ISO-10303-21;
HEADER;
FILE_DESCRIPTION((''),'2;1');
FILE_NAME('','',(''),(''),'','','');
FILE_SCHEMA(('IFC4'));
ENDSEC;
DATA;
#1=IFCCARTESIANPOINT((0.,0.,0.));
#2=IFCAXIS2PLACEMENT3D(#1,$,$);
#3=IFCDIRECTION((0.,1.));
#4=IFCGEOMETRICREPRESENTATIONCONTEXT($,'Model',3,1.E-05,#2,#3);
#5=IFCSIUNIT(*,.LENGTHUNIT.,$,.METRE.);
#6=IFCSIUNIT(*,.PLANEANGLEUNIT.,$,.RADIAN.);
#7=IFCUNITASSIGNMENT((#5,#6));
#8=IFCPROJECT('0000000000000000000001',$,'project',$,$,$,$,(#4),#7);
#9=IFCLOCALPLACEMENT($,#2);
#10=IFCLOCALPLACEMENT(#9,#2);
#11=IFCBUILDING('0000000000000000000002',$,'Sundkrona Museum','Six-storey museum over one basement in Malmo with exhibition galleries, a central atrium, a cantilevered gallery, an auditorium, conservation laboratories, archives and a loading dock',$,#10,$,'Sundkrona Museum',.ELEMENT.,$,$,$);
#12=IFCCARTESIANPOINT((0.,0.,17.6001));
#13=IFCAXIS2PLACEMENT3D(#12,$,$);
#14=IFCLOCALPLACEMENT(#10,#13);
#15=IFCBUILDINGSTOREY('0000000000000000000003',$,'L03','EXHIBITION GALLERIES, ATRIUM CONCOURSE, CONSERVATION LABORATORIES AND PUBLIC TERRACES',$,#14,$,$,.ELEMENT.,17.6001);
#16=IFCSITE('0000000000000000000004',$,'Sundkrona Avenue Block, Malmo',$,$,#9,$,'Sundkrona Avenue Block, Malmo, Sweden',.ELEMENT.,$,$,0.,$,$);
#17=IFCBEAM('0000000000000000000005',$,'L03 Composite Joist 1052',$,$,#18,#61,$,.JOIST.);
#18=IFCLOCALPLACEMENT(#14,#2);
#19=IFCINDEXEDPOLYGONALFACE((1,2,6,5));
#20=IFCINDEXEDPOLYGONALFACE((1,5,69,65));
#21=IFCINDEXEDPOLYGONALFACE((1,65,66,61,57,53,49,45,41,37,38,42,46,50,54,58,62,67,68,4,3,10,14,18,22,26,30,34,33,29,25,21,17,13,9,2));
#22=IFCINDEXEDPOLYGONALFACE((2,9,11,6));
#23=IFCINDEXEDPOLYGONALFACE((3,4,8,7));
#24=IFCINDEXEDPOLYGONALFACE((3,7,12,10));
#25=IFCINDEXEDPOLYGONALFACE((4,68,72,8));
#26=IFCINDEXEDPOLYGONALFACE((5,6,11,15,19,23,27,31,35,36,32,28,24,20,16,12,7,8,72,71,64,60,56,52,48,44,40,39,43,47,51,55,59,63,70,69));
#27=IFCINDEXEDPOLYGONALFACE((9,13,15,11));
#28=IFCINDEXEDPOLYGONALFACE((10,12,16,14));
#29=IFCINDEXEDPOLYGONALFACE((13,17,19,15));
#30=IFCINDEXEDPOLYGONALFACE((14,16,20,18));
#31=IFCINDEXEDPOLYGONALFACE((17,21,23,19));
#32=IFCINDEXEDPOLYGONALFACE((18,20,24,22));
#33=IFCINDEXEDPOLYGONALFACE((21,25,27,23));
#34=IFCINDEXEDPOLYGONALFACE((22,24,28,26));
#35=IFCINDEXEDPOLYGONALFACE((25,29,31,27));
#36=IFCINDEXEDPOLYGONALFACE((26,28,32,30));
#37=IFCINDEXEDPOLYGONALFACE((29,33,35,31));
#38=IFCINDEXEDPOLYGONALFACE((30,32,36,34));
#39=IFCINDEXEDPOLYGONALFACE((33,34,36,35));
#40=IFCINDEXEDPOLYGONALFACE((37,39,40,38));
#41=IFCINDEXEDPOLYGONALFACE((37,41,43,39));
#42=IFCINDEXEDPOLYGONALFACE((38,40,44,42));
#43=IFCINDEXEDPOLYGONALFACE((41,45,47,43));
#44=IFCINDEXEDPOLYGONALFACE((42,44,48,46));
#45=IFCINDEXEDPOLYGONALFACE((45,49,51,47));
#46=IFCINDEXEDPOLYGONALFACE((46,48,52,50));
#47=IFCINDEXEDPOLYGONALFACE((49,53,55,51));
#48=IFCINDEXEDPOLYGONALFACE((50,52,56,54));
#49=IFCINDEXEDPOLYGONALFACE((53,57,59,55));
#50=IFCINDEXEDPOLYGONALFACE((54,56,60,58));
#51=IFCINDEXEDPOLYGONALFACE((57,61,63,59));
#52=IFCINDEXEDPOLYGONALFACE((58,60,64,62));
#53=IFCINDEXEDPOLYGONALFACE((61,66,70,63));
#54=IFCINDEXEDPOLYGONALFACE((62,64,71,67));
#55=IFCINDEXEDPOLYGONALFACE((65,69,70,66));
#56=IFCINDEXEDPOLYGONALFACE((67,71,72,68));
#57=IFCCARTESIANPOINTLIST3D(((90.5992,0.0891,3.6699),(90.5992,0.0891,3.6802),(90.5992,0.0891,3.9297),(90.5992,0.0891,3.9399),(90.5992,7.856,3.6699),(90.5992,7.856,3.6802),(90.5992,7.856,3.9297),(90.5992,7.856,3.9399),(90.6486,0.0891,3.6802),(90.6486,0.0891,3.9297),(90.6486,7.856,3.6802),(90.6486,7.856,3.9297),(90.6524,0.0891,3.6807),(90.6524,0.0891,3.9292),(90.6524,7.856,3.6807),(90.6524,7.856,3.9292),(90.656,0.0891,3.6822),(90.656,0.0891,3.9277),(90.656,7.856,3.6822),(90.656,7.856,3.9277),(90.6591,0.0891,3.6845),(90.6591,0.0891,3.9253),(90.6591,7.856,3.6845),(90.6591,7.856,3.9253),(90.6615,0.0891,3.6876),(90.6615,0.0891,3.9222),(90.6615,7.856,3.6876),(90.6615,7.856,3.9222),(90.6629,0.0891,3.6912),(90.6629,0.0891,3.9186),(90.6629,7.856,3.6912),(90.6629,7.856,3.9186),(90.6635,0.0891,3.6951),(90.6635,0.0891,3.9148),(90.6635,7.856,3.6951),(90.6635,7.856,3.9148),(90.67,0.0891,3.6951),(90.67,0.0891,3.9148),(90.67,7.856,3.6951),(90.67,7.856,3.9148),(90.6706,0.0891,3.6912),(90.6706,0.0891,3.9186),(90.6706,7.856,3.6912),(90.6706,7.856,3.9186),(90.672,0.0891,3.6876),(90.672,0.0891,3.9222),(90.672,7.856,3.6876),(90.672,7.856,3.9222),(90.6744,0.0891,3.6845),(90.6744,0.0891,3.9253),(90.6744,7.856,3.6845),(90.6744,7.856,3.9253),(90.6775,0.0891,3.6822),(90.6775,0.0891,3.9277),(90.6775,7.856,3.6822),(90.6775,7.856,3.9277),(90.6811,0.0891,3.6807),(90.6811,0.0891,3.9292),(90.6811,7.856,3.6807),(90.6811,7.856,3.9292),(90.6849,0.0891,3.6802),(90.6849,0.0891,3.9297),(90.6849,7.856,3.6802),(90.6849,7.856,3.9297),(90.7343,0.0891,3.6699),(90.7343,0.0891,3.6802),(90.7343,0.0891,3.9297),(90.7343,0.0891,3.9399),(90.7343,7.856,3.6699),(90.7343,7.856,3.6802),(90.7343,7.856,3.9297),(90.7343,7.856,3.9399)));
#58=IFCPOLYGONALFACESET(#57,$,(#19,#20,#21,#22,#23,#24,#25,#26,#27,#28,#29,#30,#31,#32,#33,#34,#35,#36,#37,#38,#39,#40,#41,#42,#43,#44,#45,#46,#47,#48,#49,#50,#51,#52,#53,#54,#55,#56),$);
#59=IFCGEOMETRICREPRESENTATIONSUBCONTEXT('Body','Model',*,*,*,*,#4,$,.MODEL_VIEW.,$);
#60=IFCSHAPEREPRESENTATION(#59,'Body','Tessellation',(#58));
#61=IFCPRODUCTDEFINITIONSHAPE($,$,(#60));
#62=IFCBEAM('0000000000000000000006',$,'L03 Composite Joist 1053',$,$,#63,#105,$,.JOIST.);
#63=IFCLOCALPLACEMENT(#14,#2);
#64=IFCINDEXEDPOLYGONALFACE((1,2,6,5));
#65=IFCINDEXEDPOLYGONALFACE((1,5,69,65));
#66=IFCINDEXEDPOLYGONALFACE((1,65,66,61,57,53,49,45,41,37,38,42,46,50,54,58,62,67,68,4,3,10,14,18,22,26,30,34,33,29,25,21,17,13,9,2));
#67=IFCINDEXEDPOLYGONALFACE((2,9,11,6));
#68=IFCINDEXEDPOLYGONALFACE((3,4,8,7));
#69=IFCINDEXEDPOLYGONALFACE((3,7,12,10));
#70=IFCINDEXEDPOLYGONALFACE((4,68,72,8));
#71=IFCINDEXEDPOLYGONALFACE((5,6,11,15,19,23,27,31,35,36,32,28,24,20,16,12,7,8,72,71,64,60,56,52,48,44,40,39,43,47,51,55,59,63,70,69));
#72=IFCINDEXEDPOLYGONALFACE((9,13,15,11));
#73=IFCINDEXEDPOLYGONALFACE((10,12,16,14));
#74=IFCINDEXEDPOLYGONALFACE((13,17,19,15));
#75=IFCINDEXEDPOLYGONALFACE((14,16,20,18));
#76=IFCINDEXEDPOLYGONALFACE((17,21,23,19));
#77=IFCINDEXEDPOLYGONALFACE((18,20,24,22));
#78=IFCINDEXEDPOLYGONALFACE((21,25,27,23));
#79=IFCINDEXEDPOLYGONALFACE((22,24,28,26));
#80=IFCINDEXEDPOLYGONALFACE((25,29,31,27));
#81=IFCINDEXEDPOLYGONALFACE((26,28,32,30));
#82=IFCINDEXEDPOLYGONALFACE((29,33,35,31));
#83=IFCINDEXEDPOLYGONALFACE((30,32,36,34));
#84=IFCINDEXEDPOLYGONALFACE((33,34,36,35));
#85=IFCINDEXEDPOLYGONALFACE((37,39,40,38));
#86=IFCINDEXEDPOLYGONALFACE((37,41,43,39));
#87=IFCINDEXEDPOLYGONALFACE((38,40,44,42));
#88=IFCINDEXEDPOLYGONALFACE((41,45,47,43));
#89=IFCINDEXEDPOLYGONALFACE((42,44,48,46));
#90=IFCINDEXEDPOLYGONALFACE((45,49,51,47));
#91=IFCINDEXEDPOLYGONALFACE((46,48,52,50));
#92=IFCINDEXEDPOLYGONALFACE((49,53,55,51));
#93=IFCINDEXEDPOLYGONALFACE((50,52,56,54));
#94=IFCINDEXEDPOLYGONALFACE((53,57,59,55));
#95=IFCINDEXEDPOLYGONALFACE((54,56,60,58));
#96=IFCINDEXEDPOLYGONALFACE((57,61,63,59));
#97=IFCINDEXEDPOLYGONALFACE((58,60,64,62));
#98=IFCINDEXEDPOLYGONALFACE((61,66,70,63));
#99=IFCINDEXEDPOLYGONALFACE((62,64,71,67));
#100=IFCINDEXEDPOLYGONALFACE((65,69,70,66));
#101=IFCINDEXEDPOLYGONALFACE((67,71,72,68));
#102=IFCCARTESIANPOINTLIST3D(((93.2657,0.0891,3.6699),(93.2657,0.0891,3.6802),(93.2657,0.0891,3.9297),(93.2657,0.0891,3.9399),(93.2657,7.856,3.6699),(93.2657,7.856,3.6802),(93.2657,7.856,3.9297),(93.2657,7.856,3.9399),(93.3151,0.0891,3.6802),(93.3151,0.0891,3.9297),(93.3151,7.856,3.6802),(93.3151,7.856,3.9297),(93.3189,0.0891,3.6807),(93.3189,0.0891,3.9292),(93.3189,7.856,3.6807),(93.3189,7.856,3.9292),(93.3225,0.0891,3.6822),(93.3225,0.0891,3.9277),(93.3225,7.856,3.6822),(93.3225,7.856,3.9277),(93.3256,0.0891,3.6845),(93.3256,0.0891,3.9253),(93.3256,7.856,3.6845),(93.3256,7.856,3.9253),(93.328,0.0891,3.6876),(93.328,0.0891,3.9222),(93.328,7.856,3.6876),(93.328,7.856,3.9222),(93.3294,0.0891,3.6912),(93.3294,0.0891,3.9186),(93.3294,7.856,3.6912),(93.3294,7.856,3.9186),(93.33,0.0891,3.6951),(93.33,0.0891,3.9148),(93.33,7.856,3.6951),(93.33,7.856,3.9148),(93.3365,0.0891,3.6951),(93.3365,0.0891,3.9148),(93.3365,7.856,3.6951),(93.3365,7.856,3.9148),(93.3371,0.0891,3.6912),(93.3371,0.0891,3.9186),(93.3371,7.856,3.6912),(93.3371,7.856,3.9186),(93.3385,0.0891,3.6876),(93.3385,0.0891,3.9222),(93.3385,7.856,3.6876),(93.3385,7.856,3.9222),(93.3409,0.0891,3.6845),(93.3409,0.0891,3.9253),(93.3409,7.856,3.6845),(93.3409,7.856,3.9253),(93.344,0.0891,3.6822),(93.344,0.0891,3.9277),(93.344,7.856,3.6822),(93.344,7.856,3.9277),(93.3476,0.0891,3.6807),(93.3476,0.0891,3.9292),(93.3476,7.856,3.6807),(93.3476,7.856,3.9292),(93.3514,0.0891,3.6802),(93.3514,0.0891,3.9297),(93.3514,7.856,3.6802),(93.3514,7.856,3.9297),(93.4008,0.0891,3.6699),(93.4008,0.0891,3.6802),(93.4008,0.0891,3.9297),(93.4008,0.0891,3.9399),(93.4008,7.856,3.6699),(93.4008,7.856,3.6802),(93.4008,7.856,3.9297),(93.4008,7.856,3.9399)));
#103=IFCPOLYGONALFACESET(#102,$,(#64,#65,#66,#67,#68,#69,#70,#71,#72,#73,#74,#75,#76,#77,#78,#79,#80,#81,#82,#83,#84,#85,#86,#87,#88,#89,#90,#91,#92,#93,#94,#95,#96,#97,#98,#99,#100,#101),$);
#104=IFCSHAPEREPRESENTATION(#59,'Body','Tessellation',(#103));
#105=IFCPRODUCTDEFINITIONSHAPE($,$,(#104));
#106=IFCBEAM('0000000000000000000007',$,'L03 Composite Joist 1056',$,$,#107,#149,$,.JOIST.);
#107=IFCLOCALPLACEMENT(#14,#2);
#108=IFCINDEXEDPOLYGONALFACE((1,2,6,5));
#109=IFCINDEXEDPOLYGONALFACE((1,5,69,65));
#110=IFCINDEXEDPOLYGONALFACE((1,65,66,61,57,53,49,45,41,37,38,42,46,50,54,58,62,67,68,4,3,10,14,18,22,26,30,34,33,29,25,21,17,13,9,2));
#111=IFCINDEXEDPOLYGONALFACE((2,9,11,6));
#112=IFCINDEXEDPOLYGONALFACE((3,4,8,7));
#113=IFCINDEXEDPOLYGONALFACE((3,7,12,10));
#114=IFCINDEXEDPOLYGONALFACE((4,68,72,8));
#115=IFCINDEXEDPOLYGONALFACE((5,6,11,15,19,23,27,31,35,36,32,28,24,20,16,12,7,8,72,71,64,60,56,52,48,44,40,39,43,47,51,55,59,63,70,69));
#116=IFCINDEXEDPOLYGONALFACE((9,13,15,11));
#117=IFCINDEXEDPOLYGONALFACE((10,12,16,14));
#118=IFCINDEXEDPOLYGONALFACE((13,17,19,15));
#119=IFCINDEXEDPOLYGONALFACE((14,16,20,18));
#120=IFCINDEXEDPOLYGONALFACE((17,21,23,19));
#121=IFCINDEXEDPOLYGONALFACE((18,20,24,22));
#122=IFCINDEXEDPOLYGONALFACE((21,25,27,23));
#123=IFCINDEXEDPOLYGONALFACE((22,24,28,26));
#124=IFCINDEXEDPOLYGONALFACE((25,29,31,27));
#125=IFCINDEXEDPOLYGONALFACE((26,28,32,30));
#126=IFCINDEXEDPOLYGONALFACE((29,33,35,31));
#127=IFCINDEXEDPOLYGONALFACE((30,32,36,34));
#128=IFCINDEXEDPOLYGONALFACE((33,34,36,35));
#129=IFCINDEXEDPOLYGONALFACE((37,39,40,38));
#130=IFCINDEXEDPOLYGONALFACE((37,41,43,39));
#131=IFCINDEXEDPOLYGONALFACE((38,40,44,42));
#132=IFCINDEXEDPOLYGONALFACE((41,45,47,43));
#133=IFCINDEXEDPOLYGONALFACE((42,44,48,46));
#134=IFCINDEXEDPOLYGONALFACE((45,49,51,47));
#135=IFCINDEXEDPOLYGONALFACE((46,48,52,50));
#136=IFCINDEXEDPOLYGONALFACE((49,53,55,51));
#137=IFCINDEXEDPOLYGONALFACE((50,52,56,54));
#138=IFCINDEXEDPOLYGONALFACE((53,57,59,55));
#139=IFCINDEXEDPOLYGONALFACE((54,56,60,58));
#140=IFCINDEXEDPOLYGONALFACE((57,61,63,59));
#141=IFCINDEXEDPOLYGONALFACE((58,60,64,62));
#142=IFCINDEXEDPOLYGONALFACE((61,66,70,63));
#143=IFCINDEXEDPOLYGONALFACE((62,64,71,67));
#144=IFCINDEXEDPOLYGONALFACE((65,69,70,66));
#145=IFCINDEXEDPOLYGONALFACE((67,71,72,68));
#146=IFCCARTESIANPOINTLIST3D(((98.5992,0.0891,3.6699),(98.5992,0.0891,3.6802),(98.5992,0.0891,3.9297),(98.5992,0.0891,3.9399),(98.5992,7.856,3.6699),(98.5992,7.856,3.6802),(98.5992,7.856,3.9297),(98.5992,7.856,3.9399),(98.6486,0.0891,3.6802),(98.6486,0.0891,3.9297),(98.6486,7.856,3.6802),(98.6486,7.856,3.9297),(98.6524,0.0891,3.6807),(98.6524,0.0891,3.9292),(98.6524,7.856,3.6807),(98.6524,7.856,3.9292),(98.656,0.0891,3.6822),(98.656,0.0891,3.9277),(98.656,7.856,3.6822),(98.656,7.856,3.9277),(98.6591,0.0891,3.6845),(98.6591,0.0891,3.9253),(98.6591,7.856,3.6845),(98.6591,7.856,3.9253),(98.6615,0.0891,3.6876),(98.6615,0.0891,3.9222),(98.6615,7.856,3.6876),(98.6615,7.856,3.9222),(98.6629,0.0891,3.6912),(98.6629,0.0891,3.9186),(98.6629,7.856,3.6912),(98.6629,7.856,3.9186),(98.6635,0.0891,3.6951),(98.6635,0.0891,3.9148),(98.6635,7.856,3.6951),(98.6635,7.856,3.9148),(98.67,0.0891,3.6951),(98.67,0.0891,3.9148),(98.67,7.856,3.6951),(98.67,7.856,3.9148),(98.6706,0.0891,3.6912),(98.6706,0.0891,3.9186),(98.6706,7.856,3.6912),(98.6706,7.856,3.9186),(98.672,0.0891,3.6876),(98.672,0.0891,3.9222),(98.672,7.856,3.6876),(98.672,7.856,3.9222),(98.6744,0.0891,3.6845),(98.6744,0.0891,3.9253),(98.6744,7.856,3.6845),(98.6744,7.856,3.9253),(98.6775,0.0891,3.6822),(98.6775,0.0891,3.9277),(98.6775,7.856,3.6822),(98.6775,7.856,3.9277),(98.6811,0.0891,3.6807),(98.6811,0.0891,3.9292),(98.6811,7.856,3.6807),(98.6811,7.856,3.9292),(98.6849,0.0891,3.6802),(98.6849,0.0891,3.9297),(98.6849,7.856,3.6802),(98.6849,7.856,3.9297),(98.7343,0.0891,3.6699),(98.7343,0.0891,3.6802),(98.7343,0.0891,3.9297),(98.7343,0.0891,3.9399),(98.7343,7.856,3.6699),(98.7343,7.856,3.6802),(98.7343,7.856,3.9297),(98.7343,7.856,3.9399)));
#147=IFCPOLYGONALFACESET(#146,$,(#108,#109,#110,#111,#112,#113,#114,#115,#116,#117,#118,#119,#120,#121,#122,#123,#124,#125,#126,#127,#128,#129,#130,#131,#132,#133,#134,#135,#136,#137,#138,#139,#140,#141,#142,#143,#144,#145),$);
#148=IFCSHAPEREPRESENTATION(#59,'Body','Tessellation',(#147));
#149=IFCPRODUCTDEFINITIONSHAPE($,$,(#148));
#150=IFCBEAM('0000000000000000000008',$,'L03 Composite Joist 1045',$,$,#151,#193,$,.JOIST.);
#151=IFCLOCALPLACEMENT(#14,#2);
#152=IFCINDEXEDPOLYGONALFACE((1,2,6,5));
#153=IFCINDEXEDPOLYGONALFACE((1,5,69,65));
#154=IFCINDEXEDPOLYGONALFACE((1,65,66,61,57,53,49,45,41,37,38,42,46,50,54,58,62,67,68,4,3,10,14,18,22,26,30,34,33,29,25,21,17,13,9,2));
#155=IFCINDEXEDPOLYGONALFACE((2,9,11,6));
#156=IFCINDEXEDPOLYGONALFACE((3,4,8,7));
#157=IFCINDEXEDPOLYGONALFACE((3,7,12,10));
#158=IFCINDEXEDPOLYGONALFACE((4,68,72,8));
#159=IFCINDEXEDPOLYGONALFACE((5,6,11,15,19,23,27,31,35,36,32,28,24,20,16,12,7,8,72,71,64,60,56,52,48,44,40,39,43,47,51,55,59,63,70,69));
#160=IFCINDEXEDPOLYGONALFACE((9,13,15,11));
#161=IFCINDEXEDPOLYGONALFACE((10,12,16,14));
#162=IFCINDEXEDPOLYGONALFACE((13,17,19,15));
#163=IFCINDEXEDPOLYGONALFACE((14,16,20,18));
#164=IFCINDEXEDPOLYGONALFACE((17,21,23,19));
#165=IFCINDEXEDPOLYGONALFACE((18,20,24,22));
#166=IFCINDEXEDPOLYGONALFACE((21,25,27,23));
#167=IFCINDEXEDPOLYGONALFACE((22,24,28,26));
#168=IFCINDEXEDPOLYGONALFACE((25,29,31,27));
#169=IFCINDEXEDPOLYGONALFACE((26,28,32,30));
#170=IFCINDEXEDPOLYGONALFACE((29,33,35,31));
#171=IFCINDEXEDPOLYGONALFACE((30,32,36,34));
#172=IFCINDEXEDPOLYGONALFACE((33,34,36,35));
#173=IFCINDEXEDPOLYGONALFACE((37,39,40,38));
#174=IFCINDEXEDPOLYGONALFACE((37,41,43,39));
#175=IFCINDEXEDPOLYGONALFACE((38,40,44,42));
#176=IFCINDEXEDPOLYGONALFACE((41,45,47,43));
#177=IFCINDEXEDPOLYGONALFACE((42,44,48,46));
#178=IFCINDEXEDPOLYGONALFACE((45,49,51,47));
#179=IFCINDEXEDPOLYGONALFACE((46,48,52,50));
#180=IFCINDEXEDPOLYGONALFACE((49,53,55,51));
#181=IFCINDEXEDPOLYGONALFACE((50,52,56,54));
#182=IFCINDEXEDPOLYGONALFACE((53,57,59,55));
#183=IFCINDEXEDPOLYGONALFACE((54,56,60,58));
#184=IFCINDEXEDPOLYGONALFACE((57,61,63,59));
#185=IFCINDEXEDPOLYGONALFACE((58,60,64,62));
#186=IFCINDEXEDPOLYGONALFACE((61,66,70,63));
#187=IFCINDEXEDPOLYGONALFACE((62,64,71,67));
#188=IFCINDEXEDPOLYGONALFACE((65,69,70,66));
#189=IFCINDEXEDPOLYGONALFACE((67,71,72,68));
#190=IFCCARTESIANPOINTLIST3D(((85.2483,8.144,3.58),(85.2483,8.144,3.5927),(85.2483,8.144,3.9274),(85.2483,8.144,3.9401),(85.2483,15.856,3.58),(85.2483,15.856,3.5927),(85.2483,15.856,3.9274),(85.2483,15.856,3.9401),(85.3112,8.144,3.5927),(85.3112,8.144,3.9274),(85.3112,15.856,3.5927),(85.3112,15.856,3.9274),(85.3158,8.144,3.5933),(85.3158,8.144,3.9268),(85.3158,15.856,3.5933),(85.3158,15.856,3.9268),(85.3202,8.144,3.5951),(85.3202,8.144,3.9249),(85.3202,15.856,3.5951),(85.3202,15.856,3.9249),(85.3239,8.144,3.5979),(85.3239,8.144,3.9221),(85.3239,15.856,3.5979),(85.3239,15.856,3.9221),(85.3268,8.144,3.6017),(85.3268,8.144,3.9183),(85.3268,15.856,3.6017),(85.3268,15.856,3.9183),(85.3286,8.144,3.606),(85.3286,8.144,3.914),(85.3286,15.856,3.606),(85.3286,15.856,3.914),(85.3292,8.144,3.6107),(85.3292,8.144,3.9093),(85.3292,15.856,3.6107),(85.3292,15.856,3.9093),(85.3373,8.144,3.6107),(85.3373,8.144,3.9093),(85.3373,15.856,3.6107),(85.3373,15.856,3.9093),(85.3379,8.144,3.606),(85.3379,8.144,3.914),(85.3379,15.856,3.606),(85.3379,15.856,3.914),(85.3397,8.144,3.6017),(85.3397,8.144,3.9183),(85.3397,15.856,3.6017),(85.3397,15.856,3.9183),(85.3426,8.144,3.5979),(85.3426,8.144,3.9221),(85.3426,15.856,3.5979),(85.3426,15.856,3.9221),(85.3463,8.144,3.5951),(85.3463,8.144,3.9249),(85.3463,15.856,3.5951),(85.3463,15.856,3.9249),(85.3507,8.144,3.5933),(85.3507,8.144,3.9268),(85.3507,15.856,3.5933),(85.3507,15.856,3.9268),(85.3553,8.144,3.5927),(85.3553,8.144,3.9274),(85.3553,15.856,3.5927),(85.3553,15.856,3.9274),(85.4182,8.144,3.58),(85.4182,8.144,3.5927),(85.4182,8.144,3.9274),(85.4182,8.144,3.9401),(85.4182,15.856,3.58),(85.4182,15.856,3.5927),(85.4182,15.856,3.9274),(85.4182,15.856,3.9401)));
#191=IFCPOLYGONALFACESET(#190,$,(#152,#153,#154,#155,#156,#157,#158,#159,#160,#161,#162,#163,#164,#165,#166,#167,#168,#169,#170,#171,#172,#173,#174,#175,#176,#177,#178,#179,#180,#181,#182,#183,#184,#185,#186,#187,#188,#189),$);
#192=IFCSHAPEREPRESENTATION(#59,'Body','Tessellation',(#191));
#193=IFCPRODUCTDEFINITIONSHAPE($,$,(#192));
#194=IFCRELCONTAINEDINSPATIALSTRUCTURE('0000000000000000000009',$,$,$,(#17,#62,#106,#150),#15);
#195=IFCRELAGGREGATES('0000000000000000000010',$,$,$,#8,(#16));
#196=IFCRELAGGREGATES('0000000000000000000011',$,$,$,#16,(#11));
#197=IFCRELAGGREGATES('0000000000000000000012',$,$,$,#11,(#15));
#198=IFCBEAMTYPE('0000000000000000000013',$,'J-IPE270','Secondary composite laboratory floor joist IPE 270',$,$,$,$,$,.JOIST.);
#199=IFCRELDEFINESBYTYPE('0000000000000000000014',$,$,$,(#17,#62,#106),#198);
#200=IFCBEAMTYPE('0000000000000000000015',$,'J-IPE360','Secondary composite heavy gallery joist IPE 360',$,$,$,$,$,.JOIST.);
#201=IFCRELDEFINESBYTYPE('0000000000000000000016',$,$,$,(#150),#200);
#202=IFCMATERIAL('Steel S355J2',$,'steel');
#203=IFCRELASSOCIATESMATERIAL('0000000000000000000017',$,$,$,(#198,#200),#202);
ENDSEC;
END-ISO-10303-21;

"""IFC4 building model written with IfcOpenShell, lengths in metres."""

from ifc_helpers import new_model, si_unit, direction, frame, origin, origin_2d, place, context, subcontext, project, spatial, i_section, extrude, material, material_profile, profile_set, type_object, element, save


model = new_model("IFC4")

# Units and contexts
model_context = context("Model", 3, precision=1e-05, world=origin(), true_north=direction((0.0, 1.0)))
body_context = subcontext(model_context, "Body", "Model", "MODEL_VIEW")
ifc_project = project(units=[si_unit("LENGTHUNIT", "METRE"), si_unit("PLANEANGLEUNIT", "RADIAN")], contexts=[model_context])

# Site, building, storey
site_placement = place(None, origin())
site = spatial("IfcSite", under=ifc_project, at=site_placement, Name="Sundkrona Avenue Block, Malmo", LongName="Sundkrona Avenue Block, Malmo, Sweden", CompositionType="ELEMENT", RefElevation=0.0)
building_placement = place(site_placement, origin())
building = spatial("IfcBuilding", under=site, at=building_placement, Name="Sundkrona Museum", Description="Six-storey museum over one basement in Malmo with exhibition galleries, a central atrium, a cantilevered gallery, an auditorium, conservation laboratories, archives and a loading dock", LongName="Sundkrona Museum", CompositionType="ELEMENT")
storey_placement = place(building_placement, frame((0.0, 0.0, 17.6001)))
storey = spatial("IfcBuildingStorey", under=building, at=storey_placement, Name="L03", Description="EXHIBITION GALLERIES, ATRIUM CONCOURSE, CONSERVATION LABORATORIES AND PUBLIC TERRACES", CompositionType="ELEMENT", Elevation=17.6001)

# Shared definitions
ifc_material_1 = material(Name="Steel S355J2", Category="steel")

# Beams
ifc_material_profile_1 = material_profile(ifc_material_1, i_section(OverallWidth=0.135, OverallDepth=0.27, WebThickness=0.0066, FlangeThickness=0.0103, FilletRadius=0.0149, at=origin_2d()), Name="IPE 270")
ifc_profile_set_1 = profile_set([ifc_material_profile_1], Name="Steel S355J2")
beam_type_1 = type_object("IfcBeamType", Name="J-IPE270", Description="Secondary composite laboratory floor joist IPE 270", PredefinedType="JOIST", material=ifc_profile_set_1)
for number, where, z_axis, x_axis, name in (
    (1, (90.6667, 0.0891, 3.8049), (0.0, 1.0, 0.0), (-1.0, 0.0, 0.0), "L03 Composite Joist 1052"),
    (2, (93.3333, 0.0891, 3.8049), (0.0, 1.0, 0.0), (-1.0, 0.0, 0.0), "L03 Composite Joist 1053"),
    (3, (98.6667, 0.0891, 3.8049), (0.0, 1.0, 0.0), (-1.0, 0.0, 0.0), "L03 Composite Joist 1056"),
):
    element("IfcBeam", number, at=place(storey_placement, frame(where, z_axis=z_axis, x_axis=x_axis)), inside=storey, type_object=beam_type_1, Name=name, PredefinedType="JOIST", context=body_context, shape_type="SweptSolid", body=[
        extrude(i_section(OverallWidth=0.135, OverallDepth=0.27, WebThickness=0.0066, FlangeThickness=0.0103, FilletRadius=0.0149, at=origin_2d()), origin(), (0.0, 0.0, 1.0), 7.7668),
    ])
ifc_material_profile_2 = material_profile(ifc_material_1, i_section(OverallWidth=0.1699, OverallDepth=0.3601, WebThickness=0.0081, FlangeThickness=0.0127, FilletRadius=0.0181, at=origin_2d()), Name="IPE 360")
ifc_profile_set_2 = profile_set([ifc_material_profile_2], Name="Steel S355J2")
beam_type_2 = type_object("IfcBeamType", Name="J-IPE360", Description="Secondary composite heavy gallery joist IPE 360", PredefinedType="JOIST", material=ifc_profile_set_2)
beam_1_placement = place(storey_placement, frame((85.3333, 8.144, 3.76), z_axis=(0.0, 1.0, 0.0), x_axis=(-1.0, 0.0, 0.0)))
element("IfcBeam", 4, at=beam_1_placement, inside=storey, type_object=beam_type_2, Name="L03 Composite Joist 1045", PredefinedType="JOIST", context=body_context, shape_type="SweptSolid", body=[
    extrude(i_section(OverallWidth=0.1699, OverallDepth=0.3601, WebThickness=0.0081, FlangeThickness=0.0127, FilletRadius=0.0181, at=origin_2d()), origin(), (0.0, 0.0, 1.0), 7.7119),
])

save(model, "model.ifc")
